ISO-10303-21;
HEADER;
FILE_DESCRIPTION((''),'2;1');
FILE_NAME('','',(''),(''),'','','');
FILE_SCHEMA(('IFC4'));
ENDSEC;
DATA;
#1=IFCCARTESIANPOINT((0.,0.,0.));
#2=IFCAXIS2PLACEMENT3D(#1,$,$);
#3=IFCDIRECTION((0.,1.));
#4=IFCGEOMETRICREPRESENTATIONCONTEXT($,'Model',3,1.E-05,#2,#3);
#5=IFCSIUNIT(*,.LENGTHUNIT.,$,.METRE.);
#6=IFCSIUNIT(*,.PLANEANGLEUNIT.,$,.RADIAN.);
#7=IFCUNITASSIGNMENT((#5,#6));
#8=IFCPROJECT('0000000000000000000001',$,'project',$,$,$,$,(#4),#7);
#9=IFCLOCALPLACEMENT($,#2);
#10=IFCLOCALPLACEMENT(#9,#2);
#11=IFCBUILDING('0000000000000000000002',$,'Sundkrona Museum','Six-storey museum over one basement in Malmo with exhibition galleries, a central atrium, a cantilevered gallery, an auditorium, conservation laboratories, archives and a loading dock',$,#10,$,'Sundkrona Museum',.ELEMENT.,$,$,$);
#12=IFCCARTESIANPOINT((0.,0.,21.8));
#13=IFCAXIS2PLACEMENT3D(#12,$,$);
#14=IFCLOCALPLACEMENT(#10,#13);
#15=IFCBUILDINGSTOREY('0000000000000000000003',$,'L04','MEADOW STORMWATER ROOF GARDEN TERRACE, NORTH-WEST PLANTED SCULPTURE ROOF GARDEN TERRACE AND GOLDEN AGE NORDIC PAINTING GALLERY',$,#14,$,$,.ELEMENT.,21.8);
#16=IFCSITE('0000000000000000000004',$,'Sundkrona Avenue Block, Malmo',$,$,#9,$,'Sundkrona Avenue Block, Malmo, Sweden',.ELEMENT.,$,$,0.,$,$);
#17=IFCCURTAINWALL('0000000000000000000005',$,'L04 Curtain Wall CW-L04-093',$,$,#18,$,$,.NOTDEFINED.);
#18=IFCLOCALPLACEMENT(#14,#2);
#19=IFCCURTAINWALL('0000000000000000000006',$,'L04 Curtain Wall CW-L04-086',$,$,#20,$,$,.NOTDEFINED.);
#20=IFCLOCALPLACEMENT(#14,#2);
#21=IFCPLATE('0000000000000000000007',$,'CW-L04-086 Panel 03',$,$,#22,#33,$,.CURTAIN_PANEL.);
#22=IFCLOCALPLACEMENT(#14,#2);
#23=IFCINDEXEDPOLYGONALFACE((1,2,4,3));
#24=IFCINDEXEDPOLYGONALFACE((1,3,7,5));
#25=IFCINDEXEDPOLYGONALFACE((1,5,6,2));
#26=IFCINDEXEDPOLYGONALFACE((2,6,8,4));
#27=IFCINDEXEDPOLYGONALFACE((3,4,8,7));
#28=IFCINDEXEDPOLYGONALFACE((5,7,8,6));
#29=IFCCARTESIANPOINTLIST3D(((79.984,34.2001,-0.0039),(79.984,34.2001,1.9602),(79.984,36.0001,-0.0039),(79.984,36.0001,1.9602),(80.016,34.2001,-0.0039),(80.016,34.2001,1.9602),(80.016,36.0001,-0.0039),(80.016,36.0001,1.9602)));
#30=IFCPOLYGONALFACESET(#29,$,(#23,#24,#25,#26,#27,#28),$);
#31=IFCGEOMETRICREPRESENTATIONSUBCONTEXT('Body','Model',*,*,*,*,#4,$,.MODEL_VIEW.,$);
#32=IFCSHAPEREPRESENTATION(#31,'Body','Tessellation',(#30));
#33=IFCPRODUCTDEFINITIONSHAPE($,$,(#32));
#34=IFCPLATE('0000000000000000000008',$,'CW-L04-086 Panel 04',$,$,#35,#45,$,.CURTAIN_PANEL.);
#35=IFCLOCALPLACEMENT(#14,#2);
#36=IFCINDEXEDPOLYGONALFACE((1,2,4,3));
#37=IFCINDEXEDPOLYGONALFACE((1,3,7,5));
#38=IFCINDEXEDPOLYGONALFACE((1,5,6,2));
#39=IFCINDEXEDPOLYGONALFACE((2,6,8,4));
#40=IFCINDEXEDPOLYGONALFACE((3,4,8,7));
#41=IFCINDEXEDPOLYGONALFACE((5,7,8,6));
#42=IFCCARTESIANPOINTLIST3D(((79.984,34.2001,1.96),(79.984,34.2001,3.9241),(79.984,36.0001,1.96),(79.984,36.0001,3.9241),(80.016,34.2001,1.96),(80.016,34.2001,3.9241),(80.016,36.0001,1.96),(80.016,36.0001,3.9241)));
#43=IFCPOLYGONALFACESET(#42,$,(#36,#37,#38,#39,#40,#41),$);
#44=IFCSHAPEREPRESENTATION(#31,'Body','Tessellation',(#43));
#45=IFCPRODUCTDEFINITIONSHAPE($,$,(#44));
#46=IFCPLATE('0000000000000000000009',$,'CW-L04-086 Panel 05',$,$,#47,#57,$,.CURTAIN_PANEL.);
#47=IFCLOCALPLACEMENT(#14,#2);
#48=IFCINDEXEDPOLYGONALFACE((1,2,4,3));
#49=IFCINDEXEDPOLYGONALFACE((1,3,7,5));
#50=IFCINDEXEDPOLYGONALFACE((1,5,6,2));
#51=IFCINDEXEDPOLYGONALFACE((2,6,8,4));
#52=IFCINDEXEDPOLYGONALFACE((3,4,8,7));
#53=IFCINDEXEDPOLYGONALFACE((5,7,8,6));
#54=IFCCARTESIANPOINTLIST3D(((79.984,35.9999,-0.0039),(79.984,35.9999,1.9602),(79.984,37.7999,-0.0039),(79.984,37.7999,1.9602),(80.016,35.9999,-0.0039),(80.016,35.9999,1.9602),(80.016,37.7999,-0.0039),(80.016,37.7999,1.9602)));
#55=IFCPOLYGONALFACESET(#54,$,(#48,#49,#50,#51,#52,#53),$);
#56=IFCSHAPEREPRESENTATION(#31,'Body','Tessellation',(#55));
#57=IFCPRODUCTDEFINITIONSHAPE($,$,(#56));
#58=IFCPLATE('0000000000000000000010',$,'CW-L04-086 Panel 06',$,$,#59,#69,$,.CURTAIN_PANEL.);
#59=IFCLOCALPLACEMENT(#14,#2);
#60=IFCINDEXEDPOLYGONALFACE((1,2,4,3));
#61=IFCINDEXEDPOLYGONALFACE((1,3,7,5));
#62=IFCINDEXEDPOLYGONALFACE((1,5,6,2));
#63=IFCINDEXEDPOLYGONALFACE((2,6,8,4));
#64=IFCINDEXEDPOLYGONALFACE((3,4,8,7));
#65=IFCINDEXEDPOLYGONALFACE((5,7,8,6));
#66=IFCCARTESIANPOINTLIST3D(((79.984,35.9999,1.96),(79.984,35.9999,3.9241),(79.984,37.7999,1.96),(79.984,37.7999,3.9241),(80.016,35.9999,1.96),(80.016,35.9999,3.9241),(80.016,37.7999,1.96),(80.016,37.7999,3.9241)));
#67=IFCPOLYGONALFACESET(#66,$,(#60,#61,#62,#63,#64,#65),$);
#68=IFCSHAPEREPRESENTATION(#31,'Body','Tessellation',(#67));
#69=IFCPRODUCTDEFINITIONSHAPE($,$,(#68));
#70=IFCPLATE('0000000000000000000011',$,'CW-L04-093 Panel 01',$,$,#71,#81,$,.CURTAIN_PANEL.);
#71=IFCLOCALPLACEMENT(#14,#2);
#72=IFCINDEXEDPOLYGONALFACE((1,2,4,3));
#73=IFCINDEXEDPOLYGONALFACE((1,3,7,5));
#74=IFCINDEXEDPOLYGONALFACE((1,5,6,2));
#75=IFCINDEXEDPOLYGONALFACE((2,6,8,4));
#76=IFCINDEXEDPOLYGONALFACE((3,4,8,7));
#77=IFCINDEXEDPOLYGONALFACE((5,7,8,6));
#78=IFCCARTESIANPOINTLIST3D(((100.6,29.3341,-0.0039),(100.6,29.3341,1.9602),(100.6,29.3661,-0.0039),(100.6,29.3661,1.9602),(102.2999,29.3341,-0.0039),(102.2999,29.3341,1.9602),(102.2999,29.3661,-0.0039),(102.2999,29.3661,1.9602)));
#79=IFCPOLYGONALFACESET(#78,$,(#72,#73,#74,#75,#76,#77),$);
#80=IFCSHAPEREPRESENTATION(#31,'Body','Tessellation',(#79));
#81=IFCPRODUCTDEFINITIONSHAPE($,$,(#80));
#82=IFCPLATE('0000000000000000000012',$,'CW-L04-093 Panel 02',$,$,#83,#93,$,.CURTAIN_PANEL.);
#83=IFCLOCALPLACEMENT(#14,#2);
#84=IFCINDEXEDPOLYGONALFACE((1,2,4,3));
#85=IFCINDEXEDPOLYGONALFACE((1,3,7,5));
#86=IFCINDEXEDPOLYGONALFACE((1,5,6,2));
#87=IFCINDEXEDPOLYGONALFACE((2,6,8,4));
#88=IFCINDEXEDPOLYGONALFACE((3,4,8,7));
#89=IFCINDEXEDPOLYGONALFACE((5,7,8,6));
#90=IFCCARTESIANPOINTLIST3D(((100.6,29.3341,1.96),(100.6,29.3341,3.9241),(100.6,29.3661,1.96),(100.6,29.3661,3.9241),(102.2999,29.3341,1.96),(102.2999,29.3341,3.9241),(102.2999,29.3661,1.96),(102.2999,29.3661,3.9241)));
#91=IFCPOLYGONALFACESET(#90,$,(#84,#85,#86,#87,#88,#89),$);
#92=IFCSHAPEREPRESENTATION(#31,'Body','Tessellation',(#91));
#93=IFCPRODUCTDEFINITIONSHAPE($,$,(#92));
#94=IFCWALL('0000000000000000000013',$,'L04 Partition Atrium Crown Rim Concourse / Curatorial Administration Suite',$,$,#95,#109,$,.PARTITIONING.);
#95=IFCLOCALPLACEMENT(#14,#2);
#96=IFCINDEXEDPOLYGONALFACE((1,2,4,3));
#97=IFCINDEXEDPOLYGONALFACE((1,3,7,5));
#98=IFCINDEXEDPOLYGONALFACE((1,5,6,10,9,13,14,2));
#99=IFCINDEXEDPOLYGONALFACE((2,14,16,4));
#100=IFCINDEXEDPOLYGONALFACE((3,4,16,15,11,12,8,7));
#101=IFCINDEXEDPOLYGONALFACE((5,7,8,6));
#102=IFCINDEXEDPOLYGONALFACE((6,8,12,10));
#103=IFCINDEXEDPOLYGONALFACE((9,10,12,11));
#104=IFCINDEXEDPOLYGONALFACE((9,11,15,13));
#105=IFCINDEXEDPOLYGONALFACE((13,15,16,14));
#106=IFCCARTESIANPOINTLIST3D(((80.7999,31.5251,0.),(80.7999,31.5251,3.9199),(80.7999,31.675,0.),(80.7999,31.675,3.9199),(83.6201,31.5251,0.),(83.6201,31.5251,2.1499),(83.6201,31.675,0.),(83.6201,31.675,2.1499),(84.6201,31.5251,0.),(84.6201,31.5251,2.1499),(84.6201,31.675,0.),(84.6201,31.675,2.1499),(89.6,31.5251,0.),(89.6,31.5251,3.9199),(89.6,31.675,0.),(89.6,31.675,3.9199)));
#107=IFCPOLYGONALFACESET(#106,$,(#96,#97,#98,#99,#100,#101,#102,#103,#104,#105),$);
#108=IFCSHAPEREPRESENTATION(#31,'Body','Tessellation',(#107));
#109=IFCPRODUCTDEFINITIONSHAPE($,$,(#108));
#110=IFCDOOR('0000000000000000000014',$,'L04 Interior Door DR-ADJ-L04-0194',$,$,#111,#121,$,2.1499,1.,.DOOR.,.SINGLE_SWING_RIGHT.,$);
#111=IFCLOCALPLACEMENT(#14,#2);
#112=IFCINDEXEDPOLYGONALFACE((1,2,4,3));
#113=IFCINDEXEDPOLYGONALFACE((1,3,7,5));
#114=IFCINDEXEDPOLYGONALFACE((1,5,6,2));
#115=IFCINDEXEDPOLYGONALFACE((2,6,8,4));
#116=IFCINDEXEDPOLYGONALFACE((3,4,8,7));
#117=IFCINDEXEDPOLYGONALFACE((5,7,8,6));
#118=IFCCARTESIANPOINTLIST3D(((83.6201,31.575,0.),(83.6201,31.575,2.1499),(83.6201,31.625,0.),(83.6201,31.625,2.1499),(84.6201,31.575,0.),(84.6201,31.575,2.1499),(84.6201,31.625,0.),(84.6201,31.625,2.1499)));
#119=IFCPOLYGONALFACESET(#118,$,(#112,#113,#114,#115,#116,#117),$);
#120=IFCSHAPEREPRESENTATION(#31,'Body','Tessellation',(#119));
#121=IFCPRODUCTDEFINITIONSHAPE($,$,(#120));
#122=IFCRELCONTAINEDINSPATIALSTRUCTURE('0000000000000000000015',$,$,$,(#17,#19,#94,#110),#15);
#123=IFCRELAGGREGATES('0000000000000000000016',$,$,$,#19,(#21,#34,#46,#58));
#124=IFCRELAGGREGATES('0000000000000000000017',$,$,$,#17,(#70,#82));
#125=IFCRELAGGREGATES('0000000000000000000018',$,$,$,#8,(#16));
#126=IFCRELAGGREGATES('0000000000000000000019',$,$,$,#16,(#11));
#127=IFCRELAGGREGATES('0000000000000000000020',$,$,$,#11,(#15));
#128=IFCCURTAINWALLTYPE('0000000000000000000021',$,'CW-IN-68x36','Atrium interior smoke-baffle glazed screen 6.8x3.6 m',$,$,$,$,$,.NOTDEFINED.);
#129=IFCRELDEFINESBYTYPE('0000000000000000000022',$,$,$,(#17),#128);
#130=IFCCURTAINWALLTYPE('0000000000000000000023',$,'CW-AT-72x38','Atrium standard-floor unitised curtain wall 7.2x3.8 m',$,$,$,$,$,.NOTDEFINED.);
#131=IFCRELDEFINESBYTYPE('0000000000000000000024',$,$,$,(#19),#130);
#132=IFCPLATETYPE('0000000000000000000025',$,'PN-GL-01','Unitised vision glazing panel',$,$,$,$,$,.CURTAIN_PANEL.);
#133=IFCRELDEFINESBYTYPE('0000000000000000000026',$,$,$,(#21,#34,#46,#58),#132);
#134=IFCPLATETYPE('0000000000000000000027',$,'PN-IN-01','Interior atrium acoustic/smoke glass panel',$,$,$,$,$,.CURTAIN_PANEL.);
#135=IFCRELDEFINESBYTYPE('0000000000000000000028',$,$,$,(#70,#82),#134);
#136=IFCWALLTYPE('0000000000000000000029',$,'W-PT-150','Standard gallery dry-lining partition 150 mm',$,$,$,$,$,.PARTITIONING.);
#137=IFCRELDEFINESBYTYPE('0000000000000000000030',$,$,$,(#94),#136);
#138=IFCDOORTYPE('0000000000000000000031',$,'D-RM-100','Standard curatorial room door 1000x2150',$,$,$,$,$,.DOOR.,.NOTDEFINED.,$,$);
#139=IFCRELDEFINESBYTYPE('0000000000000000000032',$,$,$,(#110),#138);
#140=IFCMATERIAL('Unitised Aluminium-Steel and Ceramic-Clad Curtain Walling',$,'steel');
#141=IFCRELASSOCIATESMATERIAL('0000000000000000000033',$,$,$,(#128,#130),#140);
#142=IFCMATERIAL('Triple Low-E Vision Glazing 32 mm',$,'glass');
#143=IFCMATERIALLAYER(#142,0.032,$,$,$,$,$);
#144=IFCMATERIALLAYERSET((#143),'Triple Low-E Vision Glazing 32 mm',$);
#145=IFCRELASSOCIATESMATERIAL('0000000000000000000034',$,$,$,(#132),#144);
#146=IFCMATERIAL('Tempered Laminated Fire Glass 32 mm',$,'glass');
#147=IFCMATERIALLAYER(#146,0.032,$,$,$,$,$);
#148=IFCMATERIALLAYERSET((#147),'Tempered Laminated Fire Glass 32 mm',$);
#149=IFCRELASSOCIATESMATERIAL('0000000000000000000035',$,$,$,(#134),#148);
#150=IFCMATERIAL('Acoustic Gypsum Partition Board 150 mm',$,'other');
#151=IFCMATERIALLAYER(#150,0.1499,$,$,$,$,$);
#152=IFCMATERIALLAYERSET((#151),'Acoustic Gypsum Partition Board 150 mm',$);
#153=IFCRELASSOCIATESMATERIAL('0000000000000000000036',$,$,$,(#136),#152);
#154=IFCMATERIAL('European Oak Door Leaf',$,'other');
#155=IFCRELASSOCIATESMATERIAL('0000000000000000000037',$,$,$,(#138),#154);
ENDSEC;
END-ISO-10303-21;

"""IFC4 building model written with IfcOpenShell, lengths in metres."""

from ifc_helpers import new_model, si_unit, direction, frame, frame_2d, origin, origin_2d, place, context, subcontext, project, spatial, rectangle, extrude, material, layer, layer_set, type_object, element, fill, aggregate, save


model = new_model("IFC4")

# Units and contexts
model_context = context("Model", 3, precision=1e-05, world=origin(), true_north=direction((0.0, 1.0)))
body_context = subcontext(model_context, "Body", "Model", "MODEL_VIEW")
ifc_project = project(units=[si_unit("LENGTHUNIT", "METRE"), si_unit("PLANEANGLEUNIT", "RADIAN")], contexts=[model_context])

# Site, building, storey
site_placement = place(None, origin())
site = spatial("IfcSite", under=ifc_project, at=site_placement, Name="Sundkrona Avenue Block, Malmo", LongName="Sundkrona Avenue Block, Malmo, Sweden", CompositionType="ELEMENT", RefElevation=0.0)
building_placement = place(site_placement, origin())
building = spatial("IfcBuilding", under=site, at=building_placement, Name="Sundkrona Museum", Description="Six-storey museum over one basement in Malmo with exhibition galleries, a central atrium, a cantilevered gallery, an auditorium, conservation laboratories, archives and a loading dock", LongName="Sundkrona Museum", CompositionType="ELEMENT")
storey_placement = place(building_placement, frame((0.0, 0.0, 21.8)))
storey = spatial("IfcBuildingStorey", under=building, at=storey_placement, Name="L04", Description="MEADOW STORMWATER ROOF GARDEN TERRACE, NORTH-WEST PLANTED SCULPTURE ROOF GARDEN TERRACE AND GOLDEN AGE NORDIC PAINTING GALLERY", CompositionType="ELEMENT", Elevation=21.8)

# Curtain wall
ifc_material_1 = material(Name="Unitised Aluminium-Steel and Ceramic-Clad Curtain Walling", Category="steel")
curtain_wall_type_1 = type_object("IfcCurtainWallType", Name="CW-IN-68x36", Description="Atrium interior smoke-baffle glazed screen 6.8x3.6 m", PredefinedType="NOTDEFINED", material=ifc_material_1)
curtain_wall_1_placement = place(storey_placement, origin())
curtain_wall_1 = element("IfcCurtainWall", 1, at=curtain_wall_1_placement, inside=storey, type_object=curtain_wall_type_1, Name="L04 Curtain Wall CW-L04-093", PredefinedType="NOTDEFINED")
curtain_wall_type_2 = type_object("IfcCurtainWallType", Name="CW-AT-72x38", Description="Atrium standard-floor unitised curtain wall 7.2x3.8 m", PredefinedType="NOTDEFINED", material=ifc_material_1)

# Curtain wall
curtain_wall_2_placement = place(storey_placement, origin())
curtain_wall_2 = element("IfcCurtainWall", 2, at=curtain_wall_2_placement, inside=storey, type_object=curtain_wall_type_2, Name="L04 Curtain Wall CW-L04-086", PredefinedType="NOTDEFINED")

# Plates
ifc_material_2 = material(Name="Triple Low-E Vision Glazing 32 mm", Category="glass")
ifc_layer_1 = layer(ifc_material_2, 0.032)
ifc_layer_set_1 = layer_set([ifc_layer_1], Name="Triple Low-E Vision Glazing 32 mm")
plate_type_1 = type_object("IfcPlateType", Name="PN-GL-01", Description="Unitised vision glazing panel", PredefinedType="CURTAIN_PANEL", material=ifc_layer_set_1)
plate_1_placement = place(storey_placement, frame((80.0, 35.1001, -0.0039), z_axis=(0.0, 0.0, 1.0), x_axis=(0.0, 1.0, 0.0)))
plate_1 = element("IfcPlate", 3, at=plate_1_placement, type_object=plate_type_1, Name="CW-L04-086 Panel 03", PredefinedType="CURTAIN_PANEL", context=body_context, shape_type="SweptSolid", body=[
    extrude(rectangle(XDim=1.8, YDim=0.032, at=origin_2d()), origin(), (0.0, 0.0, 1.0), 1.9641),
])
plate_2_placement = place(storey_placement, frame((80.0, 35.1001, 1.96), z_axis=(0.0, 0.0, 1.0), x_axis=(0.0, 1.0, 0.0)))
plate_2 = element("IfcPlate", 4, at=plate_2_placement, type_object=plate_type_1, Name="CW-L04-086 Panel 04", PredefinedType="CURTAIN_PANEL", context=body_context, shape_type="SweptSolid", body=[
    extrude(rectangle(XDim=1.8, YDim=0.032, at=origin_2d()), origin(), (0.0, 0.0, 1.0), 1.9641),
])
plate_3_placement = place(storey_placement, frame((80.0, 36.8999, -0.0039), z_axis=(0.0, 0.0, 1.0), x_axis=(0.0, 1.0, 0.0)))
plate_3 = element("IfcPlate", 5, at=plate_3_placement, type_object=plate_type_1, Name="CW-L04-086 Panel 05", PredefinedType="CURTAIN_PANEL", context=body_context, shape_type="SweptSolid", body=[
    extrude(rectangle(XDim=1.8, YDim=0.032, at=origin_2d()), origin(), (0.0, 0.0, 1.0), 1.9641),
])
plate_4_placement = place(storey_placement, frame((80.0, 36.8999, 1.96), z_axis=(0.0, 0.0, 1.0), x_axis=(0.0, 1.0, 0.0)))
plate_4 = element("IfcPlate", 6, at=plate_4_placement, type_object=plate_type_1, Name="CW-L04-086 Panel 06", PredefinedType="CURTAIN_PANEL", context=body_context, shape_type="SweptSolid", body=[
    extrude(rectangle(XDim=1.8, YDim=0.032, at=origin_2d()), origin(), (0.0, 0.0, 1.0), 1.9641),
])
aggregate(curtain_wall_2, [plate_1, plate_2, plate_3, plate_4])
ifc_material_3 = material(Name="Tempered Laminated Fire Glass 32 mm", Category="glass")
ifc_layer_2 = layer(ifc_material_3, 0.032)
ifc_layer_set_2 = layer_set([ifc_layer_2], Name="Tempered Laminated Fire Glass 32 mm")
plate_type_2 = type_object("IfcPlateType", Name="PN-IN-01", Description="Interior atrium acoustic/smoke glass panel", PredefinedType="CURTAIN_PANEL", material=ifc_layer_set_2)
plate_5_placement = place(storey_placement, frame((101.45, 29.3501, -0.0039), z_axis=(0.0, 0.0, 1.0), x_axis=(1.0, 0.0, 0.0)))
plate_5 = element("IfcPlate", 7, at=plate_5_placement, type_object=plate_type_2, Name="CW-L04-093 Panel 01", PredefinedType="CURTAIN_PANEL", context=body_context, shape_type="SweptSolid", body=[
    extrude(rectangle(XDim=1.7, YDim=0.032, at=origin_2d()), origin(), (0.0, 0.0, 1.0), 1.9641),
])
plate_6_placement = place(storey_placement, frame((101.45, 29.3501, 1.96), z_axis=(0.0, 0.0, 1.0), x_axis=(1.0, 0.0, 0.0)))
plate_6 = element("IfcPlate", 8, at=plate_6_placement, type_object=plate_type_2, Name="CW-L04-093 Panel 02", PredefinedType="CURTAIN_PANEL", context=body_context, shape_type="SweptSolid", body=[
    extrude(rectangle(XDim=1.7, YDim=0.032, at=origin_2d()), origin(), (0.0, 0.0, 1.0), 1.9641),
])
aggregate(curtain_wall_1, [plate_5, plate_6])

# Wall, opening, door
ifc_material_4 = material(Name="Acoustic Gypsum Partition Board 150 mm", Category="other")
ifc_layer_3 = layer(ifc_material_4, 0.1499)
ifc_layer_set_3 = layer_set([ifc_layer_3], Name="Acoustic Gypsum Partition Board 150 mm")
wall_type = type_object("IfcWallType", Name="W-PT-150", Description="Standard gallery dry-lining partition 150 mm", PredefinedType="PARTITIONING", material=ifc_layer_set_3)
wall_placement = place(storey_placement, frame((80.8, 31.6001, 0.0), z_axis=(0.0, 0.0, 1.0), x_axis=(1.0, 0.0, 0.0)))
wall = element("IfcWall", 9, at=wall_placement, inside=storey, type_object=wall_type, Name="L04 Partition Atrium Crown Rim Concourse / Curatorial Administration Suite", PredefinedType="PARTITIONING", context=body_context, shape_type="SweptSolid", body=[
    extrude(rectangle(XDim=8.8, YDim=0.1499, at=frame_2d((4.3999, 0.0))), origin(), (0.0, 0.0, 1.0), 3.9199),
])
opening_placement = place(wall_placement, frame((2.8201, 0.0, 0.0)))
opening = element("IfcOpeningElement", 10, at=opening_placement, cuts=wall, PredefinedType="OPENING", context=body_context, shape_type="SweptSolid", body=[
    extrude(rectangle(XDim=1.0, YDim=2.1499, at=frame_2d((0.5, 1.075))), frame((0.0, 0.085, 0.0), z_axis=(0.0, -1.0, 0.0), x_axis=(1.0, 0.0, 0.0)), (0.0, 0.0, 1.0), 0.1699),
])
ifc_material_5 = material(Name="European Oak Door Leaf", Category="other")
door_type = type_object("IfcDoorType", Name="D-RM-100", Description="Standard curatorial room door 1000x2150", OperationType="NOTDEFINED", PredefinedType="DOOR", material=ifc_material_5)
door_placement = place(opening_placement, origin())
door = element("IfcDoor", 11, at=door_placement, inside=storey, type_object=door_type, Name="L04 Interior Door DR-ADJ-L04-0194", OperationType="SINGLE_SWING_RIGHT", OverallHeight=2.1499, OverallWidth=1.0, PredefinedType="DOOR", context=body_context, shape_type="SweptSolid", body=[
    extrude(rectangle(XDim=1.0, YDim=2.1499, at=frame_2d((0.5, 1.075))), frame((0.0, 0.0249, 0.0), z_axis=(0.0, -1.0, 0.0), x_axis=(1.0, 0.0, 0.0)), (0.0, 0.0, 1.0), 0.05),
])
fill(opening, door)

save(model, "model.ifc")
